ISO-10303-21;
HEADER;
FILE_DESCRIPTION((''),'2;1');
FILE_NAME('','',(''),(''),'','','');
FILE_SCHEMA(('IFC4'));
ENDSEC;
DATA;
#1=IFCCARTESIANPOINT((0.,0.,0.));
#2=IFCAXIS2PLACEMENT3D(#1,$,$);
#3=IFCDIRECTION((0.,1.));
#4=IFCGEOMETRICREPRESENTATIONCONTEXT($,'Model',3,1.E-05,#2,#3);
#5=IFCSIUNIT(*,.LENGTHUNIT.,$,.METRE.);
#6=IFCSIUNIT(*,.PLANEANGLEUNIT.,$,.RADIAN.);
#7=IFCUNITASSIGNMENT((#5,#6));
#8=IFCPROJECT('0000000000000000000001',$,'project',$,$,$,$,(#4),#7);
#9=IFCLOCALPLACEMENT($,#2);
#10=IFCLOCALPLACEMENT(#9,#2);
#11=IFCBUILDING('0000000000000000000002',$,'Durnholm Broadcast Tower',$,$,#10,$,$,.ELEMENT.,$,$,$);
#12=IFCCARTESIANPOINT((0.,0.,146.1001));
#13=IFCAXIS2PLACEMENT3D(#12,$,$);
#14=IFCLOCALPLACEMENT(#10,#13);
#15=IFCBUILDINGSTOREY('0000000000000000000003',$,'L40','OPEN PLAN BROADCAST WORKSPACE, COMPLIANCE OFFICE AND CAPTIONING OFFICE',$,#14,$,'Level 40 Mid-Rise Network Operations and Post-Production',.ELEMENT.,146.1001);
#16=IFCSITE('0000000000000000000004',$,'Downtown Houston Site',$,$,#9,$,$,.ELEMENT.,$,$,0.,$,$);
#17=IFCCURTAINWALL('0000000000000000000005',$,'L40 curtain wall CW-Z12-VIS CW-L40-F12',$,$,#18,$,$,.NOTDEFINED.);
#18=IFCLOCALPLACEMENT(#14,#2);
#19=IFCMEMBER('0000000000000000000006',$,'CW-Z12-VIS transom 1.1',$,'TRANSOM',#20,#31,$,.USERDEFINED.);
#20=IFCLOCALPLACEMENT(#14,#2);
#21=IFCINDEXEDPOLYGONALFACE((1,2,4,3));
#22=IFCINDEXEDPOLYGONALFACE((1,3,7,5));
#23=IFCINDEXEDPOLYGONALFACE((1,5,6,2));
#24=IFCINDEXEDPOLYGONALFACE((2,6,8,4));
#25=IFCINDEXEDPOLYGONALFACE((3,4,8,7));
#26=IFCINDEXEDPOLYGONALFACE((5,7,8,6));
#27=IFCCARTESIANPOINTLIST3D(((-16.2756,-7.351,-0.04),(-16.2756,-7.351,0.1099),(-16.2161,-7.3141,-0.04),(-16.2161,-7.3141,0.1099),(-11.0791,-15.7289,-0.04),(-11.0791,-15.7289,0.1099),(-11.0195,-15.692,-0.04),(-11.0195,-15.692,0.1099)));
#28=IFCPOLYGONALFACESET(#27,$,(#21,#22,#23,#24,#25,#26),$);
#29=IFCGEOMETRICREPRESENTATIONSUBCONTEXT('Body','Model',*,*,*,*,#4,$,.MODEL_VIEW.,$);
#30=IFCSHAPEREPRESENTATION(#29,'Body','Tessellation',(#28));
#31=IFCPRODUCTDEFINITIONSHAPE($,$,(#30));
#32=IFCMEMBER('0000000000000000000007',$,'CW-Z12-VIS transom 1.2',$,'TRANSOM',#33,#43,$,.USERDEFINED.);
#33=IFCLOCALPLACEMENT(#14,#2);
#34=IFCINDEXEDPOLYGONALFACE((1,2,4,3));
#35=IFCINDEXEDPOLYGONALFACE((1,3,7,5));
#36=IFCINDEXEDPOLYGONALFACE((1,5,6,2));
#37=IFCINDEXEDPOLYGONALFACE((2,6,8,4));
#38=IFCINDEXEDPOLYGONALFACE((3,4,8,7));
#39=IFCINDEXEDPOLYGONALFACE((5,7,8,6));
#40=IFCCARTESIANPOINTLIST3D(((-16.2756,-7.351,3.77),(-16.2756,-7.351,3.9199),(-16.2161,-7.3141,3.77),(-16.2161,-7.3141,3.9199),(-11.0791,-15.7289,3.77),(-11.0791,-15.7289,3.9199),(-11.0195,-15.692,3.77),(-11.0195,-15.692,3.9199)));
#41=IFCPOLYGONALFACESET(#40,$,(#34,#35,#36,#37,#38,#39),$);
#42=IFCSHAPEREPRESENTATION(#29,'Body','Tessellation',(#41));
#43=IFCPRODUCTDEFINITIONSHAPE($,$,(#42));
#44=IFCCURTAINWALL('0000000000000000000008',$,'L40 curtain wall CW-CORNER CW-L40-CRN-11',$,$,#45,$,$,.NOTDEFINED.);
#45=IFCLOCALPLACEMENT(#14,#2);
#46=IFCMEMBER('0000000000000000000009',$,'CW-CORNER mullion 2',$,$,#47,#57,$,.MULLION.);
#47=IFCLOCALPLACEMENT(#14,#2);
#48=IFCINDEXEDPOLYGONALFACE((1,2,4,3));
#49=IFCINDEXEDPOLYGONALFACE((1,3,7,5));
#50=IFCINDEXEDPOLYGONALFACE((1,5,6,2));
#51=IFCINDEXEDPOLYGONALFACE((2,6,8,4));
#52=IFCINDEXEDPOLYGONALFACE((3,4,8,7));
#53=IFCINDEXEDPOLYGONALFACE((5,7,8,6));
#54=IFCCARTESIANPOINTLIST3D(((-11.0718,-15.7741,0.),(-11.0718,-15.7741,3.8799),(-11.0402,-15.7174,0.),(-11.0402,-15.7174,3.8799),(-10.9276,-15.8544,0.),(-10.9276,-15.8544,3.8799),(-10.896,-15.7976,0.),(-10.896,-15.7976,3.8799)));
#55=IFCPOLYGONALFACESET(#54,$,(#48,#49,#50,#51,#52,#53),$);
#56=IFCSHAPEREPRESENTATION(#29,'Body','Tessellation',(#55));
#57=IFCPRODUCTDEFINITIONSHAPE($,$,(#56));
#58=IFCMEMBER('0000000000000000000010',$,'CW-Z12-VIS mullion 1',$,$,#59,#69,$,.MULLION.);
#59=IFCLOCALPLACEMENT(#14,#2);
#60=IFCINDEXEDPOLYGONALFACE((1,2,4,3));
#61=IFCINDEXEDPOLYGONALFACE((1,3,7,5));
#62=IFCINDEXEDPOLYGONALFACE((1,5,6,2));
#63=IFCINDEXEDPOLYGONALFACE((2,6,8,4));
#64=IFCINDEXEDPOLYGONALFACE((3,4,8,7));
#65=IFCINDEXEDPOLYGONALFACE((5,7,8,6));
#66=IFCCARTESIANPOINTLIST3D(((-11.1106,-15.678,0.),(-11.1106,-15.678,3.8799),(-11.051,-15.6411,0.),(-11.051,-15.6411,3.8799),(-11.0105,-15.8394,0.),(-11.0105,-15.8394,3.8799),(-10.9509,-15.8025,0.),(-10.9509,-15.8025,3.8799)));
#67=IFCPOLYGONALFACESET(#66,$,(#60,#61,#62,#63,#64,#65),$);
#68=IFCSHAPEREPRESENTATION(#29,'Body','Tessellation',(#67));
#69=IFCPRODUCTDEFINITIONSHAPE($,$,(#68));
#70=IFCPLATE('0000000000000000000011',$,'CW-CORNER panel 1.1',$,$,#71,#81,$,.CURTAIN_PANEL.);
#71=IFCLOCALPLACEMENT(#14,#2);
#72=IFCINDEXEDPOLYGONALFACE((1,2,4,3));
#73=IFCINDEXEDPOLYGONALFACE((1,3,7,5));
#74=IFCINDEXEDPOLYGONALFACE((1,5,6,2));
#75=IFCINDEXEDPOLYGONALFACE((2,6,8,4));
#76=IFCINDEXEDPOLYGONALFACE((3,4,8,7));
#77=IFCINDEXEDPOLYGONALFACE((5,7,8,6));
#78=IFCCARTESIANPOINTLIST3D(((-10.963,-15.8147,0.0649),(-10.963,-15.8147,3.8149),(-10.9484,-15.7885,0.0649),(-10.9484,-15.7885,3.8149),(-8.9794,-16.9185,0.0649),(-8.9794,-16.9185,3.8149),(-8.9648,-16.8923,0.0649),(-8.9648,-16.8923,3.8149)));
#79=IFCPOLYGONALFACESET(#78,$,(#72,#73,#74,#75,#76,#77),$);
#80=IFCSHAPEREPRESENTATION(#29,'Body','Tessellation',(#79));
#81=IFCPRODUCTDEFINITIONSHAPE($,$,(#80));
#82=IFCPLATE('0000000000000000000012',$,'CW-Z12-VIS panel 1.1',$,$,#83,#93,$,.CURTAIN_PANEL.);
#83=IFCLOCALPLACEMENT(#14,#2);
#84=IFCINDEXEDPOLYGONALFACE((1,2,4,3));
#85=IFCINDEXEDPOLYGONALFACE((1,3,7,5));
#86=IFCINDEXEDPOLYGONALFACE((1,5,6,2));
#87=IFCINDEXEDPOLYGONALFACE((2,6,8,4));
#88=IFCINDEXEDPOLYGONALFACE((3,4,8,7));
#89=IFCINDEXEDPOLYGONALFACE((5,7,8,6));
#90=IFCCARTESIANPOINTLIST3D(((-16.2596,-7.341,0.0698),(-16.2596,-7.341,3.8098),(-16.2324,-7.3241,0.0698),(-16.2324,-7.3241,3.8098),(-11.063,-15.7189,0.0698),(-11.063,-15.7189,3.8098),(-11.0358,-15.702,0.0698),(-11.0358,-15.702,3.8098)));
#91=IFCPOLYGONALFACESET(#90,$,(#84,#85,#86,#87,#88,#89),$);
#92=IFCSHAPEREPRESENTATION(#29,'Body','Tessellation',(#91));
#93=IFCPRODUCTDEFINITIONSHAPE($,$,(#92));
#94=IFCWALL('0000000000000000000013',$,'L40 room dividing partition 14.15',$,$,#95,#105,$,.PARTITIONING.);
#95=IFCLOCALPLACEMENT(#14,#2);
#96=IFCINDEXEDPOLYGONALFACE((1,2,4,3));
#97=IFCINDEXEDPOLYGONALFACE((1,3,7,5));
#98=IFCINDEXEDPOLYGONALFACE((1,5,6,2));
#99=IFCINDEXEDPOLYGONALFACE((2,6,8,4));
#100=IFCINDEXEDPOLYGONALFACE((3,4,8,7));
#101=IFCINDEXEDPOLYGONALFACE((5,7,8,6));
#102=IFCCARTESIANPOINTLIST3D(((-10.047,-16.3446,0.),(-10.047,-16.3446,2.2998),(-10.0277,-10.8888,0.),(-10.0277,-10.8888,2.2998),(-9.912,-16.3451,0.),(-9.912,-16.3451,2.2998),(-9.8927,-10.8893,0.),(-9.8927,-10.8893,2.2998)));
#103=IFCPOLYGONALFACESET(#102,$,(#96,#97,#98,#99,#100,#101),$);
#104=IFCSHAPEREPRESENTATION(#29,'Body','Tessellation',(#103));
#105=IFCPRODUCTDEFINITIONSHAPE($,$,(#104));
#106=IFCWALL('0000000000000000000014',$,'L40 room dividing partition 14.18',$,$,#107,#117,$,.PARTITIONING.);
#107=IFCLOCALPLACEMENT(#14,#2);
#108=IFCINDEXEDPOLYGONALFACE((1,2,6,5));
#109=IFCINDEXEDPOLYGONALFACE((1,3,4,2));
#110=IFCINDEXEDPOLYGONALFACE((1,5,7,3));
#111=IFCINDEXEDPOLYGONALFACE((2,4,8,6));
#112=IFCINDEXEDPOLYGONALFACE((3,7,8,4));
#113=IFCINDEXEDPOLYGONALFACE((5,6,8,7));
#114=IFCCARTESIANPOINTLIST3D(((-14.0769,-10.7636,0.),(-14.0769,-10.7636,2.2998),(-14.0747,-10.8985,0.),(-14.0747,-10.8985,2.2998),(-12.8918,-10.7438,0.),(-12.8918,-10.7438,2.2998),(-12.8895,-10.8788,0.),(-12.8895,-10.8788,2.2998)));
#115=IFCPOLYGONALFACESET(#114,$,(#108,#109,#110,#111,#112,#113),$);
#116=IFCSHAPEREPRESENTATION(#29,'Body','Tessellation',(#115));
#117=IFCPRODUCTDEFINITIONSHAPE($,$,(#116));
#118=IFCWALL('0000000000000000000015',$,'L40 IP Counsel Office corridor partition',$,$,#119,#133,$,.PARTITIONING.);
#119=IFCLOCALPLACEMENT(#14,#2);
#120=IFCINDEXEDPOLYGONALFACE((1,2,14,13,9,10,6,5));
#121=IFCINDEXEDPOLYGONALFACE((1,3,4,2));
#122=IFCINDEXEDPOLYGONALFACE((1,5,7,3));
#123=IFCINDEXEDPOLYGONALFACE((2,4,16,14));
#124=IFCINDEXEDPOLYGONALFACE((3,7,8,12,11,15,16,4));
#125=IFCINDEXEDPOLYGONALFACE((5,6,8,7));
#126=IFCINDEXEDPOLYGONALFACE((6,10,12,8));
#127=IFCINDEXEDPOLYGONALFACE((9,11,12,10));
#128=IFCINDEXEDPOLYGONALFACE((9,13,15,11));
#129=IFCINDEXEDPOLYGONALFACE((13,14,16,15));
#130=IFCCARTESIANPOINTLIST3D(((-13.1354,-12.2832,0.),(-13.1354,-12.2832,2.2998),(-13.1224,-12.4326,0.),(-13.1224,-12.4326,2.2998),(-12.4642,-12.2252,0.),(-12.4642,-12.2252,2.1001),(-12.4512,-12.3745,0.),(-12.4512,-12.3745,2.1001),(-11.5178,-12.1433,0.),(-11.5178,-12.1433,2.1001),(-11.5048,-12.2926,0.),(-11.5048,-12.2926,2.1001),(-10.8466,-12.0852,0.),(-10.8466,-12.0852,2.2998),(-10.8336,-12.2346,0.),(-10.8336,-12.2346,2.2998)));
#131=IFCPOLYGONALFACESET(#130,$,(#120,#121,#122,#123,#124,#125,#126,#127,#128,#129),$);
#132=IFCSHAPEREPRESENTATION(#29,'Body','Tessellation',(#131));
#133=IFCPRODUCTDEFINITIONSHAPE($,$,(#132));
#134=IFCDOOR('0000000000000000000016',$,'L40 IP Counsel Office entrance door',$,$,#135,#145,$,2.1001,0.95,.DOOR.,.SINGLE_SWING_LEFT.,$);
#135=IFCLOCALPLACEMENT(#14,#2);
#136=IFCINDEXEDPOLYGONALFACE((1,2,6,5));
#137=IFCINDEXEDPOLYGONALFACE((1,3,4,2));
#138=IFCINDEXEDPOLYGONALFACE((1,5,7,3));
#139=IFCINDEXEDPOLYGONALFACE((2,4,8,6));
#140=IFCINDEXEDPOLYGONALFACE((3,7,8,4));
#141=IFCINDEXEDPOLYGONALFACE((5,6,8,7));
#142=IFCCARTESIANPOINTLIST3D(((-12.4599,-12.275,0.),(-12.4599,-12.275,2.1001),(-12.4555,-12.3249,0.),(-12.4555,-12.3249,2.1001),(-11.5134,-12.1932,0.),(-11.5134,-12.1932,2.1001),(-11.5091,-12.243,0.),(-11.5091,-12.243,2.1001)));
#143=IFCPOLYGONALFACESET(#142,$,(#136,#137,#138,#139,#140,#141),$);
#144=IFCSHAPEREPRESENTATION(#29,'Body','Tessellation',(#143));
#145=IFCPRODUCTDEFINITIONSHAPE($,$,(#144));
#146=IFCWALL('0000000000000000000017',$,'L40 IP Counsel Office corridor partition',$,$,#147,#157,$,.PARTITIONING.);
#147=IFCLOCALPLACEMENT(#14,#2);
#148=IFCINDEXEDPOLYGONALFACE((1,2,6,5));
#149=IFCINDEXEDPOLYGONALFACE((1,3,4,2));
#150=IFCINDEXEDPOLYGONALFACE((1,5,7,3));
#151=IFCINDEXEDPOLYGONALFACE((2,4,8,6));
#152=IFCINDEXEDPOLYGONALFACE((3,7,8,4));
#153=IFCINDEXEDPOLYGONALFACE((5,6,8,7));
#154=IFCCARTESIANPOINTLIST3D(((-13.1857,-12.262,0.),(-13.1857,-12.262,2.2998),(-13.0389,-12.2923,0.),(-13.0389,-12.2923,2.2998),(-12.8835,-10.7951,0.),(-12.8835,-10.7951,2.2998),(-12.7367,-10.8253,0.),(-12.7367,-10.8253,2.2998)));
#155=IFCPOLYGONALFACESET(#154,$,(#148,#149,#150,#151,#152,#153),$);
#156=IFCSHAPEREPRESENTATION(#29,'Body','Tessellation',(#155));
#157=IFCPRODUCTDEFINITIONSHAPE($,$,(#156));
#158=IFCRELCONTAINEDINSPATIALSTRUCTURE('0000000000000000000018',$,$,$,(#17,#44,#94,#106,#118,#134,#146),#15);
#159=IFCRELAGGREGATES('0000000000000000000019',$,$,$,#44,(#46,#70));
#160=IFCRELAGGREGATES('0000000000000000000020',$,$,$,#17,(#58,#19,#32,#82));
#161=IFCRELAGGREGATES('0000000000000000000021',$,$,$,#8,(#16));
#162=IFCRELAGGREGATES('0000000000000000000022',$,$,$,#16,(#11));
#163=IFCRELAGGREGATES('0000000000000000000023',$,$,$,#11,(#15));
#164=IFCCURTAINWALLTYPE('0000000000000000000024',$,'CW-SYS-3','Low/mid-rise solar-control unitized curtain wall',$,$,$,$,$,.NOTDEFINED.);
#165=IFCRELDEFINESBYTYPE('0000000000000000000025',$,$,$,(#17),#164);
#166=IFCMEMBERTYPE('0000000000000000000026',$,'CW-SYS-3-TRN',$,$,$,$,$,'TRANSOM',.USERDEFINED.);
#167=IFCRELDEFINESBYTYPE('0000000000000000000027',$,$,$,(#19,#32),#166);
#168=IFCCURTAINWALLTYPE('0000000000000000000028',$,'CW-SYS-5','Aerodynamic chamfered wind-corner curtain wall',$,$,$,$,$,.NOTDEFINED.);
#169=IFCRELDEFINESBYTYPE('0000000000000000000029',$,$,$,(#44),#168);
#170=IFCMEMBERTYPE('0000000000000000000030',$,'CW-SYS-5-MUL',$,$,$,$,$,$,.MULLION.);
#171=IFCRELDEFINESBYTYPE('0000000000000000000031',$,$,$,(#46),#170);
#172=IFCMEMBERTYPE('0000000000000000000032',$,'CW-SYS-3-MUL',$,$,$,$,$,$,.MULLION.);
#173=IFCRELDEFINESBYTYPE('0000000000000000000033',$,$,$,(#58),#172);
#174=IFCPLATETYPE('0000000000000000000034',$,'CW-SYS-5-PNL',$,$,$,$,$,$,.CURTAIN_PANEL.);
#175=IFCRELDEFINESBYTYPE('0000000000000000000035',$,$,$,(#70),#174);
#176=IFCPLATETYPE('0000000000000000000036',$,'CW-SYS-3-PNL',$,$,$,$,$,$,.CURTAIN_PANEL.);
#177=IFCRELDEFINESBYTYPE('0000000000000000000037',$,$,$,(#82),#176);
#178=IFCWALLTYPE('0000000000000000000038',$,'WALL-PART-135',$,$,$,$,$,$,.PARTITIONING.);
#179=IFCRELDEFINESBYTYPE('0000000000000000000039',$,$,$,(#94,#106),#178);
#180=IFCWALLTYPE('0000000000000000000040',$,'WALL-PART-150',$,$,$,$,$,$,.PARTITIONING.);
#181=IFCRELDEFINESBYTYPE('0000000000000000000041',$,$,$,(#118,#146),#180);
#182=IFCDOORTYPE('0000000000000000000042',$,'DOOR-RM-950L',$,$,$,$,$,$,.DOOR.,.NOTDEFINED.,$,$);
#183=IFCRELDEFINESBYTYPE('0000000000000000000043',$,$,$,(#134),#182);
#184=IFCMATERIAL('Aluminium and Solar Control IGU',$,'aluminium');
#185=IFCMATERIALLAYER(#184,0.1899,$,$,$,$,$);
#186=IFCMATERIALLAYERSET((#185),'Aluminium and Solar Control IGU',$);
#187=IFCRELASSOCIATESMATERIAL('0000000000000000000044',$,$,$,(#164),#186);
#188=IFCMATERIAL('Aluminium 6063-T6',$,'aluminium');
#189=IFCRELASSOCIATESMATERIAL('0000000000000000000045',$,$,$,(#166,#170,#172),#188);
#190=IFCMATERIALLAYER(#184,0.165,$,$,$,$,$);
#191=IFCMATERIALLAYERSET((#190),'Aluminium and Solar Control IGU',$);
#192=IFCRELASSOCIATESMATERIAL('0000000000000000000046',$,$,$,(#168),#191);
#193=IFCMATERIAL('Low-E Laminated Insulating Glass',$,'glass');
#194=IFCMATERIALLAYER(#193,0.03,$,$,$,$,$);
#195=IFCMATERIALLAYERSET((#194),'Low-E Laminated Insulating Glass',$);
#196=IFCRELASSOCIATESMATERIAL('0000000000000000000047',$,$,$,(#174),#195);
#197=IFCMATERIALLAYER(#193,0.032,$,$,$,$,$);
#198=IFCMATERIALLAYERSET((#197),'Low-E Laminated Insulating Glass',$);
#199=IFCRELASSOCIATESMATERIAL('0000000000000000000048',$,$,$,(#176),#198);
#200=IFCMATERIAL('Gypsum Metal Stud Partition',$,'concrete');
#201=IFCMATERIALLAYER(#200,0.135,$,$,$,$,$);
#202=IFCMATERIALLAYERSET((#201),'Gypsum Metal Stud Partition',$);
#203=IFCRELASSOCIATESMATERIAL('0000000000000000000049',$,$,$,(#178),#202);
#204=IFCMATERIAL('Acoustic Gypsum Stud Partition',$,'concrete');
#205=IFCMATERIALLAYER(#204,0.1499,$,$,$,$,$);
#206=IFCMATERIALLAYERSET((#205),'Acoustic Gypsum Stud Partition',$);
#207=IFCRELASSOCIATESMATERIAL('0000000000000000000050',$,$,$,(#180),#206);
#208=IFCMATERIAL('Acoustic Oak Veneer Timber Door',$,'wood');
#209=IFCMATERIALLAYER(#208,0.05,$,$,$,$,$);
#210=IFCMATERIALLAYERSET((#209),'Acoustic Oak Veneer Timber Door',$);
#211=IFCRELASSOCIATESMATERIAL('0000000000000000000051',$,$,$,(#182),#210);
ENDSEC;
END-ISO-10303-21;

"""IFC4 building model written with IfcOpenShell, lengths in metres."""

from ifc_helpers import new_model, si_unit, direction, frame, frame_2d, origin, origin_2d, place, context, subcontext, project, spatial, rectangle, extrude, source, transform, mapped, material, layer, layer_set, material_profile, profile_set, type_object, type_shapes, element, fill, aggregate, save


model = new_model("IFC4")

# Units and contexts
model_context = context("Model", 3, precision=1e-05, world=origin(), true_north=direction((0.0, 1.0)))
body_context = subcontext(model_context, "Body", "Model", "MODEL_VIEW")
ifc_project = project(units=[si_unit("LENGTHUNIT", "METRE"), si_unit("PLANEANGLEUNIT", "RADIAN")], contexts=[model_context])

# Site, building, storey
site_placement = place(None, origin())
site = spatial("IfcSite", under=ifc_project, at=site_placement, Name="Downtown Houston Site", CompositionType="ELEMENT", RefElevation=0.0)
building_placement = place(site_placement, origin())
building = spatial("IfcBuilding", under=site, at=building_placement, Name="Durnholm Broadcast Tower", CompositionType="ELEMENT")
storey_placement = place(building_placement, frame((0.0, 0.0, 146.1001)))
storey = spatial("IfcBuildingStorey", under=building, at=storey_placement, Name="L40", Description="OPEN PLAN BROADCAST WORKSPACE, COMPLIANCE OFFICE AND CAPTIONING OFFICE", LongName="Level 40 Mid-Rise Network Operations and Post-Production", CompositionType="ELEMENT", Elevation=146.1001)

# Curtain wall, members
ifc_material_1 = material(Name="Aluminium and Solar Control IGU", Category="aluminium")
ifc_layer_1 = layer(ifc_material_1, 0.1899)
ifc_layer_set_1 = layer_set([ifc_layer_1], Name="Aluminium and Solar Control IGU")
curtain_wall_type_1 = type_object("IfcCurtainWallType", Name="CW-SYS-3", Description="Low/mid-rise solar-control unitized curtain wall", PredefinedType="NOTDEFINED", material=ifc_layer_set_1)
curtain_wall_1_placement = place(storey_placement, origin())
curtain_wall_1 = element("IfcCurtainWall", 1, at=curtain_wall_1_placement, inside=storey, type_object=curtain_wall_type_1, Name="L40 curtain wall CW-Z12-VIS CW-L40-F12", PredefinedType="NOTDEFINED")
ifc_material_2 = material(Name="Aluminium 6063-T6", Category="aluminium")
ifc_material_profile_1 = material_profile(ifc_material_2, rectangle(XDim=0.0701, YDim=0.1499, at=origin_2d()), Name="CWT70X150")
ifc_profile_set_1 = profile_set([ifc_material_profile_1], Name="Aluminium 6063-T6")
member_type_1 = type_object("IfcMemberType", Name="CW-SYS-3-TRN", ElementType="TRANSOM", PredefinedType="USERDEFINED", material=ifc_profile_set_1)
shared_shape_1 = source(origin(), body_context, "Body", "SweptSolid", [
    extrude(rectangle(XDim=0.0701, YDim=0.1499, at=origin_2d()), origin(), (0.0, 0.0, 1.0), 9.8586),
])
type_shapes(member_type_1, [shared_shape_1])
member_1_placement = place(storey_placement, frame((-11.0493, -15.7104, 0.0349), z_axis=(-0.527102, 0.849802, 0.0), x_axis=(-0.849802, -0.527102, 0.0)))
member_1 = element("IfcMember", 2, at=member_1_placement, type_object=member_type_1, Name="CW-Z12-VIS transom 1.1", ObjectType="TRANSOM", PredefinedType="USERDEFINED", context=body_context, shape_type="MappedRepresentation", body=[
    mapped(shared_shape_1, transform((0.0, 0.0, 0.0), x_axis=(1.0, 0.0, 0.0), y_axis=(0.0, 1.0, 0.0), z_axis=(0.0, 0.0, 1.0), scale=1.0)),
])
member_2_placement = place(storey_placement, frame((-11.0493, -15.7104, 3.845), z_axis=(-0.527102, 0.849802, 0.0), x_axis=(-0.849802, -0.527102, 0.0)))
member_2 = element("IfcMember", 3, at=member_2_placement, type_object=member_type_1, Name="CW-Z12-VIS transom 1.2", ObjectType="TRANSOM", PredefinedType="USERDEFINED", context=body_context, shape_type="MappedRepresentation", body=[
    mapped(shared_shape_1, transform((0.0, 0.0, 0.0), x_axis=(1.0, 0.0, 0.0), y_axis=(0.0, 1.0, 0.0), z_axis=(0.0, 0.0, 1.0), scale=1.0)),
])

# Curtain wall, member
ifc_layer_2 = layer(ifc_material_1, 0.165)
ifc_layer_set_2 = layer_set([ifc_layer_2], Name="Aluminium and Solar Control IGU")
curtain_wall_type_2 = type_object("IfcCurtainWallType", Name="CW-SYS-5", Description="Aerodynamic chamfered wind-corner curtain wall", PredefinedType="NOTDEFINED", material=ifc_layer_set_2)
curtain_wall_2_placement = place(storey_placement, origin())
curtain_wall_2 = element("IfcCurtainWall", 4, at=curtain_wall_2_placement, inside=storey, type_object=curtain_wall_type_2, Name="L40 curtain wall CW-CORNER CW-L40-CRN-11", PredefinedType="NOTDEFINED")
ifc_material_profile_2 = material_profile(ifc_material_2, rectangle(XDim=0.0649, YDim=0.165, at=origin_2d()), Name="CWM65X165")
ifc_profile_set_2 = profile_set([ifc_material_profile_2], Name="Aluminium 6063-T6")
member_type_2 = type_object("IfcMemberType", Name="CW-SYS-5-MUL", PredefinedType="MULLION", material=ifc_profile_set_2)
shared_shape_2 = source(origin(), body_context, "Body", "SweptSolid", [
    extrude(rectangle(XDim=0.0649, YDim=0.165, at=origin_2d()), origin(), (0.0, 0.0, 1.0), 3.8799),
])
type_shapes(member_type_2, [shared_shape_2])
member_3_placement = place(storey_placement, frame((-10.9839, -15.7859, 0.0), z_axis=(0.0, 0.0, 1.0), x_axis=(-0.486244, -0.873823, 0.0)))
member_3 = element("IfcMember", 5, at=member_3_placement, type_object=member_type_2, Name="CW-CORNER mullion 2", PredefinedType="MULLION", context=body_context, shape_type="MappedRepresentation", body=[
    mapped(shared_shape_2, transform((0.0, 0.0, 0.0), x_axis=(1.0, 0.0, 0.0), y_axis=(0.0, 1.0, 0.0), z_axis=(0.0, 0.0, 1.0), scale=1.0)),
])

# Member
ifc_material_profile_3 = material_profile(ifc_material_2, rectangle(XDim=0.0701, YDim=0.1899, at=origin_2d()), Name="CWM70X190")
ifc_profile_set_3 = profile_set([ifc_material_profile_3], Name="Aluminium 6063-T6")
member_type_3 = type_object("IfcMemberType", Name="CW-SYS-3-MUL", PredefinedType="MULLION", material=ifc_profile_set_3)
shared_shape_3 = source(origin(), body_context, "Body", "SweptSolid", [
    extrude(rectangle(XDim=0.0701, YDim=0.1899, at=origin_2d()), origin(), (0.0, 0.0, 1.0), 3.8799),
])
type_shapes(member_type_3, [shared_shape_3])
member_4_placement = place(storey_placement, frame((-11.0308, -15.7402, 0.0), z_axis=(0.0, 0.0, 1.0), x_axis=(-0.8498, -0.527105, 0.0)))
member_4 = element("IfcMember", 6, at=member_4_placement, type_object=member_type_3, Name="CW-Z12-VIS mullion 1", PredefinedType="MULLION", context=body_context, shape_type="MappedRepresentation", body=[
    mapped(shared_shape_3, transform((0.0, 0.0, 0.0), x_axis=(1.0, 0.0, 0.0), y_axis=(0.0, 1.0, 0.0), z_axis=(0.0, 0.0, 1.0), scale=1.0)),
])

# Plates
ifc_material_3 = material(Name="Low-E Laminated Insulating Glass", Category="glass")
ifc_layer_3 = layer(ifc_material_3, 0.03)
ifc_layer_set_3 = layer_set([ifc_layer_3], Name="Low-E Laminated Insulating Glass")
plate_type_1 = type_object("IfcPlateType", Name="CW-SYS-5-PNL", PredefinedType="CURTAIN_PANEL", material=ifc_layer_set_3)
shared_shape_4 = source(origin(), body_context, "Body", "SweptSolid", [
    extrude(rectangle(XDim=2.27, YDim=0.03, at=origin_2d()), origin(), (0.0, 0.0, 1.0), 3.75),
])
type_shapes(plate_type_1, [shared_shape_4])
plate_1_placement = place(storey_placement, frame((-9.9639, -16.3535, 0.0649), z_axis=(0.0, 0.0, 1.0), x_axis=(-0.873823, 0.486244, 0.0)))
plate_1 = element("IfcPlate", 7, at=plate_1_placement, type_object=plate_type_1, Name="CW-CORNER panel 1.1", PredefinedType="CURTAIN_PANEL", context=body_context, shape_type="MappedRepresentation", body=[
    mapped(shared_shape_4, transform((0.0, 0.0, 0.0), x_axis=(1.0, 0.0, 0.0), y_axis=(0.0, 1.0, 0.0), z_axis=(0.0, 0.0, 1.0), scale=1.0)),
])
aggregate(curtain_wall_2, [member_3, plate_1])
ifc_layer_4 = layer(ifc_material_3, 0.032)
ifc_layer_set_4 = layer_set([ifc_layer_4], Name="Low-E Laminated Insulating Glass")
plate_type_2 = type_object("IfcPlateType", Name="CW-SYS-3-PNL", PredefinedType="CURTAIN_PANEL", material=ifc_layer_set_4)
shared_shape_5 = source(origin(), body_context, "Body", "SweptSolid", [
    extrude(rectangle(XDim=9.8586, YDim=0.032, at=origin_2d()), origin(), (0.0, 0.0, 1.0), 3.74),
])
type_shapes(plate_type_2, [shared_shape_5])
plate_2_placement = place(storey_placement, frame((-13.6477, -11.5215, 0.0698), z_axis=(0.0, 0.0, 1.0), x_axis=(-0.527105, 0.8498, 0.0)))
plate_2 = element("IfcPlate", 8, at=plate_2_placement, type_object=plate_type_2, Name="CW-Z12-VIS panel 1.1", PredefinedType="CURTAIN_PANEL", context=body_context, shape_type="MappedRepresentation", body=[
    mapped(shared_shape_5, transform((0.0, 0.0, 0.0), x_axis=(1.0, 0.0, 0.0), y_axis=(0.0, 1.0, 0.0), z_axis=(0.0, 0.0, 1.0), scale=1.0)),
])
aggregate(curtain_wall_1, [member_4, member_1, member_2, plate_2])

# Walls
ifc_material_4 = material(Name="Gypsum Metal Stud Partition", Category="concrete")
ifc_layer_5 = layer(ifc_material_4, 0.135)
ifc_layer_set_5 = layer_set([ifc_layer_5], Name="Gypsum Metal Stud Partition")
wall_type_1 = type_object("IfcWallType", Name="WALL-PART-135", PredefinedType="PARTITIONING", material=ifc_layer_set_5)
wall_1_placement = place(storey_placement, frame((-9.9602, -10.8889, 0.0), z_axis=(0.0, 0.0, 1.0), x_axis=(-0.003535, -0.999994, 0.0)))
element("IfcWall", 9, at=wall_1_placement, inside=storey, type_object=wall_type_1, Name="L40 room dividing partition 14.15", PredefinedType="PARTITIONING", context=body_context, shape_type="SweptSolid", body=[
    extrude(rectangle(XDim=5.4558, YDim=0.135, at=frame_2d((2.728, 0.0))), origin(), (0.0, 0.0, 1.0), 2.2998),
])
wall_2_placement = place(storey_placement, frame((-14.0759, -10.8311, 0.0), z_axis=(0.0, 0.0, 1.0), x_axis=(0.999861, 0.016685, 0.0)))
element("IfcWall", 10, at=wall_2_placement, inside=storey, type_object=wall_type_1, Name="L40 room dividing partition 14.18", PredefinedType="PARTITIONING", context=body_context, shape_type="SweptSolid", body=[
    extrude(rectangle(XDim=1.1853, YDim=0.135, at=frame_2d((0.5928, 0.0))), origin(), (0.0, 0.0, 1.0), 2.2998),
])

# Wall, opening, door
ifc_material_5 = material(Name="Acoustic Gypsum Stud Partition", Category="concrete")
ifc_layer_6 = layer(ifc_material_5, 0.1499)
ifc_layer_set_6 = layer_set([ifc_layer_6], Name="Acoustic Gypsum Stud Partition")
wall_type_2 = type_object("IfcWallType", Name="WALL-PART-150", PredefinedType="PARTITIONING", material=ifc_layer_set_6)
wall_3_placement = place(storey_placement, frame((-13.1289, -12.3579, 0.0), z_axis=(0.0, 0.0, 1.0), x_axis=(0.996279, 0.086185, 0.0)))
wall_3 = element("IfcWall", 11, at=wall_3_placement, inside=storey, type_object=wall_type_2, Name="L40 IP Counsel Office corridor partition", PredefinedType="PARTITIONING", context=body_context, shape_type="SweptSolid", body=[
    extrude(rectangle(XDim=2.2974, YDim=0.1499, at=frame_2d((1.1487, 0.0))), origin(), (0.0, 0.0, 1.0), 2.2998),
])
opening_1_placement = place(wall_3_placement, frame((0.6736, 0.0, 0.0)))
opening_1 = element("IfcOpeningElement", 12, at=opening_1_placement, cuts=wall_3, PredefinedType="OPENING", context=body_context, shape_type="SweptSolid", body=[
    extrude(rectangle(XDim=0.95, YDim=2.1001, at=frame_2d((0.4751, 1.05))), frame((0.0, 0.085, 0.0), z_axis=(0.0, -1.0, 0.0), x_axis=(1.0, 0.0, 0.0)), (0.0, 0.0, 1.0), 0.1699),
])
ifc_material_6 = material(Name="Acoustic Oak Veneer Timber Door", Category="wood")
ifc_layer_7 = layer(ifc_material_6, 0.05)
ifc_layer_set_7 = layer_set([ifc_layer_7], Name="Acoustic Oak Veneer Timber Door")
door_type_1 = type_object("IfcDoorType", Name="DOOR-RM-950L", OperationType="NOTDEFINED", PredefinedType="DOOR", material=ifc_layer_set_7)
shared_shape_6 = source(origin(), body_context, "Body", "SweptSolid", [
    extrude(rectangle(XDim=0.95, YDim=2.1001, at=frame_2d((0.4751, 1.05))), frame((0.0, 0.0249, 0.0), z_axis=(0.0, -1.0, 0.0), x_axis=(1.0, 0.0, 0.0)), (0.0, 0.0, 1.0), 0.05),
])
type_shapes(door_type_1, [shared_shape_6])
door_1_placement = place(opening_1_placement, origin())
door_1 = element("IfcDoor", 13, at=door_1_placement, inside=storey, type_object=door_type_1, Name="L40 IP Counsel Office entrance door", OperationType="SINGLE_SWING_LEFT", OverallHeight=2.1001, OverallWidth=0.95, PredefinedType="DOOR", context=body_context, shape_type="MappedRepresentation", body=[
    mapped(shared_shape_6, transform((0.0, 0.0, 0.0), x_axis=(1.0, 0.0, 0.0), y_axis=(0.0, 1.0, 0.0), z_axis=(0.0, 0.0, 1.0), scale=1.0)),
])
fill(opening_1, door_1)

# Wall
wall_4_placement = place(storey_placement, frame((-12.8101, -10.8101, 0.0), z_axis=(0.0, 0.0, 1.0), x_axis=(-0.201786, -0.97943, 0.0)))
element("IfcWall", 14, at=wall_4_placement, inside=storey, type_object=wall_type_2, Name="L40 IP Counsel Office corridor partition", PredefinedType="PARTITIONING", context=body_context, shape_type="SweptSolid", body=[
    extrude(rectangle(XDim=1.4978, YDim=0.1499, at=frame_2d((0.749, 0.0))), origin(), (0.0, 0.0, 1.0), 2.2998),
])

save(model, "model.ifc")
